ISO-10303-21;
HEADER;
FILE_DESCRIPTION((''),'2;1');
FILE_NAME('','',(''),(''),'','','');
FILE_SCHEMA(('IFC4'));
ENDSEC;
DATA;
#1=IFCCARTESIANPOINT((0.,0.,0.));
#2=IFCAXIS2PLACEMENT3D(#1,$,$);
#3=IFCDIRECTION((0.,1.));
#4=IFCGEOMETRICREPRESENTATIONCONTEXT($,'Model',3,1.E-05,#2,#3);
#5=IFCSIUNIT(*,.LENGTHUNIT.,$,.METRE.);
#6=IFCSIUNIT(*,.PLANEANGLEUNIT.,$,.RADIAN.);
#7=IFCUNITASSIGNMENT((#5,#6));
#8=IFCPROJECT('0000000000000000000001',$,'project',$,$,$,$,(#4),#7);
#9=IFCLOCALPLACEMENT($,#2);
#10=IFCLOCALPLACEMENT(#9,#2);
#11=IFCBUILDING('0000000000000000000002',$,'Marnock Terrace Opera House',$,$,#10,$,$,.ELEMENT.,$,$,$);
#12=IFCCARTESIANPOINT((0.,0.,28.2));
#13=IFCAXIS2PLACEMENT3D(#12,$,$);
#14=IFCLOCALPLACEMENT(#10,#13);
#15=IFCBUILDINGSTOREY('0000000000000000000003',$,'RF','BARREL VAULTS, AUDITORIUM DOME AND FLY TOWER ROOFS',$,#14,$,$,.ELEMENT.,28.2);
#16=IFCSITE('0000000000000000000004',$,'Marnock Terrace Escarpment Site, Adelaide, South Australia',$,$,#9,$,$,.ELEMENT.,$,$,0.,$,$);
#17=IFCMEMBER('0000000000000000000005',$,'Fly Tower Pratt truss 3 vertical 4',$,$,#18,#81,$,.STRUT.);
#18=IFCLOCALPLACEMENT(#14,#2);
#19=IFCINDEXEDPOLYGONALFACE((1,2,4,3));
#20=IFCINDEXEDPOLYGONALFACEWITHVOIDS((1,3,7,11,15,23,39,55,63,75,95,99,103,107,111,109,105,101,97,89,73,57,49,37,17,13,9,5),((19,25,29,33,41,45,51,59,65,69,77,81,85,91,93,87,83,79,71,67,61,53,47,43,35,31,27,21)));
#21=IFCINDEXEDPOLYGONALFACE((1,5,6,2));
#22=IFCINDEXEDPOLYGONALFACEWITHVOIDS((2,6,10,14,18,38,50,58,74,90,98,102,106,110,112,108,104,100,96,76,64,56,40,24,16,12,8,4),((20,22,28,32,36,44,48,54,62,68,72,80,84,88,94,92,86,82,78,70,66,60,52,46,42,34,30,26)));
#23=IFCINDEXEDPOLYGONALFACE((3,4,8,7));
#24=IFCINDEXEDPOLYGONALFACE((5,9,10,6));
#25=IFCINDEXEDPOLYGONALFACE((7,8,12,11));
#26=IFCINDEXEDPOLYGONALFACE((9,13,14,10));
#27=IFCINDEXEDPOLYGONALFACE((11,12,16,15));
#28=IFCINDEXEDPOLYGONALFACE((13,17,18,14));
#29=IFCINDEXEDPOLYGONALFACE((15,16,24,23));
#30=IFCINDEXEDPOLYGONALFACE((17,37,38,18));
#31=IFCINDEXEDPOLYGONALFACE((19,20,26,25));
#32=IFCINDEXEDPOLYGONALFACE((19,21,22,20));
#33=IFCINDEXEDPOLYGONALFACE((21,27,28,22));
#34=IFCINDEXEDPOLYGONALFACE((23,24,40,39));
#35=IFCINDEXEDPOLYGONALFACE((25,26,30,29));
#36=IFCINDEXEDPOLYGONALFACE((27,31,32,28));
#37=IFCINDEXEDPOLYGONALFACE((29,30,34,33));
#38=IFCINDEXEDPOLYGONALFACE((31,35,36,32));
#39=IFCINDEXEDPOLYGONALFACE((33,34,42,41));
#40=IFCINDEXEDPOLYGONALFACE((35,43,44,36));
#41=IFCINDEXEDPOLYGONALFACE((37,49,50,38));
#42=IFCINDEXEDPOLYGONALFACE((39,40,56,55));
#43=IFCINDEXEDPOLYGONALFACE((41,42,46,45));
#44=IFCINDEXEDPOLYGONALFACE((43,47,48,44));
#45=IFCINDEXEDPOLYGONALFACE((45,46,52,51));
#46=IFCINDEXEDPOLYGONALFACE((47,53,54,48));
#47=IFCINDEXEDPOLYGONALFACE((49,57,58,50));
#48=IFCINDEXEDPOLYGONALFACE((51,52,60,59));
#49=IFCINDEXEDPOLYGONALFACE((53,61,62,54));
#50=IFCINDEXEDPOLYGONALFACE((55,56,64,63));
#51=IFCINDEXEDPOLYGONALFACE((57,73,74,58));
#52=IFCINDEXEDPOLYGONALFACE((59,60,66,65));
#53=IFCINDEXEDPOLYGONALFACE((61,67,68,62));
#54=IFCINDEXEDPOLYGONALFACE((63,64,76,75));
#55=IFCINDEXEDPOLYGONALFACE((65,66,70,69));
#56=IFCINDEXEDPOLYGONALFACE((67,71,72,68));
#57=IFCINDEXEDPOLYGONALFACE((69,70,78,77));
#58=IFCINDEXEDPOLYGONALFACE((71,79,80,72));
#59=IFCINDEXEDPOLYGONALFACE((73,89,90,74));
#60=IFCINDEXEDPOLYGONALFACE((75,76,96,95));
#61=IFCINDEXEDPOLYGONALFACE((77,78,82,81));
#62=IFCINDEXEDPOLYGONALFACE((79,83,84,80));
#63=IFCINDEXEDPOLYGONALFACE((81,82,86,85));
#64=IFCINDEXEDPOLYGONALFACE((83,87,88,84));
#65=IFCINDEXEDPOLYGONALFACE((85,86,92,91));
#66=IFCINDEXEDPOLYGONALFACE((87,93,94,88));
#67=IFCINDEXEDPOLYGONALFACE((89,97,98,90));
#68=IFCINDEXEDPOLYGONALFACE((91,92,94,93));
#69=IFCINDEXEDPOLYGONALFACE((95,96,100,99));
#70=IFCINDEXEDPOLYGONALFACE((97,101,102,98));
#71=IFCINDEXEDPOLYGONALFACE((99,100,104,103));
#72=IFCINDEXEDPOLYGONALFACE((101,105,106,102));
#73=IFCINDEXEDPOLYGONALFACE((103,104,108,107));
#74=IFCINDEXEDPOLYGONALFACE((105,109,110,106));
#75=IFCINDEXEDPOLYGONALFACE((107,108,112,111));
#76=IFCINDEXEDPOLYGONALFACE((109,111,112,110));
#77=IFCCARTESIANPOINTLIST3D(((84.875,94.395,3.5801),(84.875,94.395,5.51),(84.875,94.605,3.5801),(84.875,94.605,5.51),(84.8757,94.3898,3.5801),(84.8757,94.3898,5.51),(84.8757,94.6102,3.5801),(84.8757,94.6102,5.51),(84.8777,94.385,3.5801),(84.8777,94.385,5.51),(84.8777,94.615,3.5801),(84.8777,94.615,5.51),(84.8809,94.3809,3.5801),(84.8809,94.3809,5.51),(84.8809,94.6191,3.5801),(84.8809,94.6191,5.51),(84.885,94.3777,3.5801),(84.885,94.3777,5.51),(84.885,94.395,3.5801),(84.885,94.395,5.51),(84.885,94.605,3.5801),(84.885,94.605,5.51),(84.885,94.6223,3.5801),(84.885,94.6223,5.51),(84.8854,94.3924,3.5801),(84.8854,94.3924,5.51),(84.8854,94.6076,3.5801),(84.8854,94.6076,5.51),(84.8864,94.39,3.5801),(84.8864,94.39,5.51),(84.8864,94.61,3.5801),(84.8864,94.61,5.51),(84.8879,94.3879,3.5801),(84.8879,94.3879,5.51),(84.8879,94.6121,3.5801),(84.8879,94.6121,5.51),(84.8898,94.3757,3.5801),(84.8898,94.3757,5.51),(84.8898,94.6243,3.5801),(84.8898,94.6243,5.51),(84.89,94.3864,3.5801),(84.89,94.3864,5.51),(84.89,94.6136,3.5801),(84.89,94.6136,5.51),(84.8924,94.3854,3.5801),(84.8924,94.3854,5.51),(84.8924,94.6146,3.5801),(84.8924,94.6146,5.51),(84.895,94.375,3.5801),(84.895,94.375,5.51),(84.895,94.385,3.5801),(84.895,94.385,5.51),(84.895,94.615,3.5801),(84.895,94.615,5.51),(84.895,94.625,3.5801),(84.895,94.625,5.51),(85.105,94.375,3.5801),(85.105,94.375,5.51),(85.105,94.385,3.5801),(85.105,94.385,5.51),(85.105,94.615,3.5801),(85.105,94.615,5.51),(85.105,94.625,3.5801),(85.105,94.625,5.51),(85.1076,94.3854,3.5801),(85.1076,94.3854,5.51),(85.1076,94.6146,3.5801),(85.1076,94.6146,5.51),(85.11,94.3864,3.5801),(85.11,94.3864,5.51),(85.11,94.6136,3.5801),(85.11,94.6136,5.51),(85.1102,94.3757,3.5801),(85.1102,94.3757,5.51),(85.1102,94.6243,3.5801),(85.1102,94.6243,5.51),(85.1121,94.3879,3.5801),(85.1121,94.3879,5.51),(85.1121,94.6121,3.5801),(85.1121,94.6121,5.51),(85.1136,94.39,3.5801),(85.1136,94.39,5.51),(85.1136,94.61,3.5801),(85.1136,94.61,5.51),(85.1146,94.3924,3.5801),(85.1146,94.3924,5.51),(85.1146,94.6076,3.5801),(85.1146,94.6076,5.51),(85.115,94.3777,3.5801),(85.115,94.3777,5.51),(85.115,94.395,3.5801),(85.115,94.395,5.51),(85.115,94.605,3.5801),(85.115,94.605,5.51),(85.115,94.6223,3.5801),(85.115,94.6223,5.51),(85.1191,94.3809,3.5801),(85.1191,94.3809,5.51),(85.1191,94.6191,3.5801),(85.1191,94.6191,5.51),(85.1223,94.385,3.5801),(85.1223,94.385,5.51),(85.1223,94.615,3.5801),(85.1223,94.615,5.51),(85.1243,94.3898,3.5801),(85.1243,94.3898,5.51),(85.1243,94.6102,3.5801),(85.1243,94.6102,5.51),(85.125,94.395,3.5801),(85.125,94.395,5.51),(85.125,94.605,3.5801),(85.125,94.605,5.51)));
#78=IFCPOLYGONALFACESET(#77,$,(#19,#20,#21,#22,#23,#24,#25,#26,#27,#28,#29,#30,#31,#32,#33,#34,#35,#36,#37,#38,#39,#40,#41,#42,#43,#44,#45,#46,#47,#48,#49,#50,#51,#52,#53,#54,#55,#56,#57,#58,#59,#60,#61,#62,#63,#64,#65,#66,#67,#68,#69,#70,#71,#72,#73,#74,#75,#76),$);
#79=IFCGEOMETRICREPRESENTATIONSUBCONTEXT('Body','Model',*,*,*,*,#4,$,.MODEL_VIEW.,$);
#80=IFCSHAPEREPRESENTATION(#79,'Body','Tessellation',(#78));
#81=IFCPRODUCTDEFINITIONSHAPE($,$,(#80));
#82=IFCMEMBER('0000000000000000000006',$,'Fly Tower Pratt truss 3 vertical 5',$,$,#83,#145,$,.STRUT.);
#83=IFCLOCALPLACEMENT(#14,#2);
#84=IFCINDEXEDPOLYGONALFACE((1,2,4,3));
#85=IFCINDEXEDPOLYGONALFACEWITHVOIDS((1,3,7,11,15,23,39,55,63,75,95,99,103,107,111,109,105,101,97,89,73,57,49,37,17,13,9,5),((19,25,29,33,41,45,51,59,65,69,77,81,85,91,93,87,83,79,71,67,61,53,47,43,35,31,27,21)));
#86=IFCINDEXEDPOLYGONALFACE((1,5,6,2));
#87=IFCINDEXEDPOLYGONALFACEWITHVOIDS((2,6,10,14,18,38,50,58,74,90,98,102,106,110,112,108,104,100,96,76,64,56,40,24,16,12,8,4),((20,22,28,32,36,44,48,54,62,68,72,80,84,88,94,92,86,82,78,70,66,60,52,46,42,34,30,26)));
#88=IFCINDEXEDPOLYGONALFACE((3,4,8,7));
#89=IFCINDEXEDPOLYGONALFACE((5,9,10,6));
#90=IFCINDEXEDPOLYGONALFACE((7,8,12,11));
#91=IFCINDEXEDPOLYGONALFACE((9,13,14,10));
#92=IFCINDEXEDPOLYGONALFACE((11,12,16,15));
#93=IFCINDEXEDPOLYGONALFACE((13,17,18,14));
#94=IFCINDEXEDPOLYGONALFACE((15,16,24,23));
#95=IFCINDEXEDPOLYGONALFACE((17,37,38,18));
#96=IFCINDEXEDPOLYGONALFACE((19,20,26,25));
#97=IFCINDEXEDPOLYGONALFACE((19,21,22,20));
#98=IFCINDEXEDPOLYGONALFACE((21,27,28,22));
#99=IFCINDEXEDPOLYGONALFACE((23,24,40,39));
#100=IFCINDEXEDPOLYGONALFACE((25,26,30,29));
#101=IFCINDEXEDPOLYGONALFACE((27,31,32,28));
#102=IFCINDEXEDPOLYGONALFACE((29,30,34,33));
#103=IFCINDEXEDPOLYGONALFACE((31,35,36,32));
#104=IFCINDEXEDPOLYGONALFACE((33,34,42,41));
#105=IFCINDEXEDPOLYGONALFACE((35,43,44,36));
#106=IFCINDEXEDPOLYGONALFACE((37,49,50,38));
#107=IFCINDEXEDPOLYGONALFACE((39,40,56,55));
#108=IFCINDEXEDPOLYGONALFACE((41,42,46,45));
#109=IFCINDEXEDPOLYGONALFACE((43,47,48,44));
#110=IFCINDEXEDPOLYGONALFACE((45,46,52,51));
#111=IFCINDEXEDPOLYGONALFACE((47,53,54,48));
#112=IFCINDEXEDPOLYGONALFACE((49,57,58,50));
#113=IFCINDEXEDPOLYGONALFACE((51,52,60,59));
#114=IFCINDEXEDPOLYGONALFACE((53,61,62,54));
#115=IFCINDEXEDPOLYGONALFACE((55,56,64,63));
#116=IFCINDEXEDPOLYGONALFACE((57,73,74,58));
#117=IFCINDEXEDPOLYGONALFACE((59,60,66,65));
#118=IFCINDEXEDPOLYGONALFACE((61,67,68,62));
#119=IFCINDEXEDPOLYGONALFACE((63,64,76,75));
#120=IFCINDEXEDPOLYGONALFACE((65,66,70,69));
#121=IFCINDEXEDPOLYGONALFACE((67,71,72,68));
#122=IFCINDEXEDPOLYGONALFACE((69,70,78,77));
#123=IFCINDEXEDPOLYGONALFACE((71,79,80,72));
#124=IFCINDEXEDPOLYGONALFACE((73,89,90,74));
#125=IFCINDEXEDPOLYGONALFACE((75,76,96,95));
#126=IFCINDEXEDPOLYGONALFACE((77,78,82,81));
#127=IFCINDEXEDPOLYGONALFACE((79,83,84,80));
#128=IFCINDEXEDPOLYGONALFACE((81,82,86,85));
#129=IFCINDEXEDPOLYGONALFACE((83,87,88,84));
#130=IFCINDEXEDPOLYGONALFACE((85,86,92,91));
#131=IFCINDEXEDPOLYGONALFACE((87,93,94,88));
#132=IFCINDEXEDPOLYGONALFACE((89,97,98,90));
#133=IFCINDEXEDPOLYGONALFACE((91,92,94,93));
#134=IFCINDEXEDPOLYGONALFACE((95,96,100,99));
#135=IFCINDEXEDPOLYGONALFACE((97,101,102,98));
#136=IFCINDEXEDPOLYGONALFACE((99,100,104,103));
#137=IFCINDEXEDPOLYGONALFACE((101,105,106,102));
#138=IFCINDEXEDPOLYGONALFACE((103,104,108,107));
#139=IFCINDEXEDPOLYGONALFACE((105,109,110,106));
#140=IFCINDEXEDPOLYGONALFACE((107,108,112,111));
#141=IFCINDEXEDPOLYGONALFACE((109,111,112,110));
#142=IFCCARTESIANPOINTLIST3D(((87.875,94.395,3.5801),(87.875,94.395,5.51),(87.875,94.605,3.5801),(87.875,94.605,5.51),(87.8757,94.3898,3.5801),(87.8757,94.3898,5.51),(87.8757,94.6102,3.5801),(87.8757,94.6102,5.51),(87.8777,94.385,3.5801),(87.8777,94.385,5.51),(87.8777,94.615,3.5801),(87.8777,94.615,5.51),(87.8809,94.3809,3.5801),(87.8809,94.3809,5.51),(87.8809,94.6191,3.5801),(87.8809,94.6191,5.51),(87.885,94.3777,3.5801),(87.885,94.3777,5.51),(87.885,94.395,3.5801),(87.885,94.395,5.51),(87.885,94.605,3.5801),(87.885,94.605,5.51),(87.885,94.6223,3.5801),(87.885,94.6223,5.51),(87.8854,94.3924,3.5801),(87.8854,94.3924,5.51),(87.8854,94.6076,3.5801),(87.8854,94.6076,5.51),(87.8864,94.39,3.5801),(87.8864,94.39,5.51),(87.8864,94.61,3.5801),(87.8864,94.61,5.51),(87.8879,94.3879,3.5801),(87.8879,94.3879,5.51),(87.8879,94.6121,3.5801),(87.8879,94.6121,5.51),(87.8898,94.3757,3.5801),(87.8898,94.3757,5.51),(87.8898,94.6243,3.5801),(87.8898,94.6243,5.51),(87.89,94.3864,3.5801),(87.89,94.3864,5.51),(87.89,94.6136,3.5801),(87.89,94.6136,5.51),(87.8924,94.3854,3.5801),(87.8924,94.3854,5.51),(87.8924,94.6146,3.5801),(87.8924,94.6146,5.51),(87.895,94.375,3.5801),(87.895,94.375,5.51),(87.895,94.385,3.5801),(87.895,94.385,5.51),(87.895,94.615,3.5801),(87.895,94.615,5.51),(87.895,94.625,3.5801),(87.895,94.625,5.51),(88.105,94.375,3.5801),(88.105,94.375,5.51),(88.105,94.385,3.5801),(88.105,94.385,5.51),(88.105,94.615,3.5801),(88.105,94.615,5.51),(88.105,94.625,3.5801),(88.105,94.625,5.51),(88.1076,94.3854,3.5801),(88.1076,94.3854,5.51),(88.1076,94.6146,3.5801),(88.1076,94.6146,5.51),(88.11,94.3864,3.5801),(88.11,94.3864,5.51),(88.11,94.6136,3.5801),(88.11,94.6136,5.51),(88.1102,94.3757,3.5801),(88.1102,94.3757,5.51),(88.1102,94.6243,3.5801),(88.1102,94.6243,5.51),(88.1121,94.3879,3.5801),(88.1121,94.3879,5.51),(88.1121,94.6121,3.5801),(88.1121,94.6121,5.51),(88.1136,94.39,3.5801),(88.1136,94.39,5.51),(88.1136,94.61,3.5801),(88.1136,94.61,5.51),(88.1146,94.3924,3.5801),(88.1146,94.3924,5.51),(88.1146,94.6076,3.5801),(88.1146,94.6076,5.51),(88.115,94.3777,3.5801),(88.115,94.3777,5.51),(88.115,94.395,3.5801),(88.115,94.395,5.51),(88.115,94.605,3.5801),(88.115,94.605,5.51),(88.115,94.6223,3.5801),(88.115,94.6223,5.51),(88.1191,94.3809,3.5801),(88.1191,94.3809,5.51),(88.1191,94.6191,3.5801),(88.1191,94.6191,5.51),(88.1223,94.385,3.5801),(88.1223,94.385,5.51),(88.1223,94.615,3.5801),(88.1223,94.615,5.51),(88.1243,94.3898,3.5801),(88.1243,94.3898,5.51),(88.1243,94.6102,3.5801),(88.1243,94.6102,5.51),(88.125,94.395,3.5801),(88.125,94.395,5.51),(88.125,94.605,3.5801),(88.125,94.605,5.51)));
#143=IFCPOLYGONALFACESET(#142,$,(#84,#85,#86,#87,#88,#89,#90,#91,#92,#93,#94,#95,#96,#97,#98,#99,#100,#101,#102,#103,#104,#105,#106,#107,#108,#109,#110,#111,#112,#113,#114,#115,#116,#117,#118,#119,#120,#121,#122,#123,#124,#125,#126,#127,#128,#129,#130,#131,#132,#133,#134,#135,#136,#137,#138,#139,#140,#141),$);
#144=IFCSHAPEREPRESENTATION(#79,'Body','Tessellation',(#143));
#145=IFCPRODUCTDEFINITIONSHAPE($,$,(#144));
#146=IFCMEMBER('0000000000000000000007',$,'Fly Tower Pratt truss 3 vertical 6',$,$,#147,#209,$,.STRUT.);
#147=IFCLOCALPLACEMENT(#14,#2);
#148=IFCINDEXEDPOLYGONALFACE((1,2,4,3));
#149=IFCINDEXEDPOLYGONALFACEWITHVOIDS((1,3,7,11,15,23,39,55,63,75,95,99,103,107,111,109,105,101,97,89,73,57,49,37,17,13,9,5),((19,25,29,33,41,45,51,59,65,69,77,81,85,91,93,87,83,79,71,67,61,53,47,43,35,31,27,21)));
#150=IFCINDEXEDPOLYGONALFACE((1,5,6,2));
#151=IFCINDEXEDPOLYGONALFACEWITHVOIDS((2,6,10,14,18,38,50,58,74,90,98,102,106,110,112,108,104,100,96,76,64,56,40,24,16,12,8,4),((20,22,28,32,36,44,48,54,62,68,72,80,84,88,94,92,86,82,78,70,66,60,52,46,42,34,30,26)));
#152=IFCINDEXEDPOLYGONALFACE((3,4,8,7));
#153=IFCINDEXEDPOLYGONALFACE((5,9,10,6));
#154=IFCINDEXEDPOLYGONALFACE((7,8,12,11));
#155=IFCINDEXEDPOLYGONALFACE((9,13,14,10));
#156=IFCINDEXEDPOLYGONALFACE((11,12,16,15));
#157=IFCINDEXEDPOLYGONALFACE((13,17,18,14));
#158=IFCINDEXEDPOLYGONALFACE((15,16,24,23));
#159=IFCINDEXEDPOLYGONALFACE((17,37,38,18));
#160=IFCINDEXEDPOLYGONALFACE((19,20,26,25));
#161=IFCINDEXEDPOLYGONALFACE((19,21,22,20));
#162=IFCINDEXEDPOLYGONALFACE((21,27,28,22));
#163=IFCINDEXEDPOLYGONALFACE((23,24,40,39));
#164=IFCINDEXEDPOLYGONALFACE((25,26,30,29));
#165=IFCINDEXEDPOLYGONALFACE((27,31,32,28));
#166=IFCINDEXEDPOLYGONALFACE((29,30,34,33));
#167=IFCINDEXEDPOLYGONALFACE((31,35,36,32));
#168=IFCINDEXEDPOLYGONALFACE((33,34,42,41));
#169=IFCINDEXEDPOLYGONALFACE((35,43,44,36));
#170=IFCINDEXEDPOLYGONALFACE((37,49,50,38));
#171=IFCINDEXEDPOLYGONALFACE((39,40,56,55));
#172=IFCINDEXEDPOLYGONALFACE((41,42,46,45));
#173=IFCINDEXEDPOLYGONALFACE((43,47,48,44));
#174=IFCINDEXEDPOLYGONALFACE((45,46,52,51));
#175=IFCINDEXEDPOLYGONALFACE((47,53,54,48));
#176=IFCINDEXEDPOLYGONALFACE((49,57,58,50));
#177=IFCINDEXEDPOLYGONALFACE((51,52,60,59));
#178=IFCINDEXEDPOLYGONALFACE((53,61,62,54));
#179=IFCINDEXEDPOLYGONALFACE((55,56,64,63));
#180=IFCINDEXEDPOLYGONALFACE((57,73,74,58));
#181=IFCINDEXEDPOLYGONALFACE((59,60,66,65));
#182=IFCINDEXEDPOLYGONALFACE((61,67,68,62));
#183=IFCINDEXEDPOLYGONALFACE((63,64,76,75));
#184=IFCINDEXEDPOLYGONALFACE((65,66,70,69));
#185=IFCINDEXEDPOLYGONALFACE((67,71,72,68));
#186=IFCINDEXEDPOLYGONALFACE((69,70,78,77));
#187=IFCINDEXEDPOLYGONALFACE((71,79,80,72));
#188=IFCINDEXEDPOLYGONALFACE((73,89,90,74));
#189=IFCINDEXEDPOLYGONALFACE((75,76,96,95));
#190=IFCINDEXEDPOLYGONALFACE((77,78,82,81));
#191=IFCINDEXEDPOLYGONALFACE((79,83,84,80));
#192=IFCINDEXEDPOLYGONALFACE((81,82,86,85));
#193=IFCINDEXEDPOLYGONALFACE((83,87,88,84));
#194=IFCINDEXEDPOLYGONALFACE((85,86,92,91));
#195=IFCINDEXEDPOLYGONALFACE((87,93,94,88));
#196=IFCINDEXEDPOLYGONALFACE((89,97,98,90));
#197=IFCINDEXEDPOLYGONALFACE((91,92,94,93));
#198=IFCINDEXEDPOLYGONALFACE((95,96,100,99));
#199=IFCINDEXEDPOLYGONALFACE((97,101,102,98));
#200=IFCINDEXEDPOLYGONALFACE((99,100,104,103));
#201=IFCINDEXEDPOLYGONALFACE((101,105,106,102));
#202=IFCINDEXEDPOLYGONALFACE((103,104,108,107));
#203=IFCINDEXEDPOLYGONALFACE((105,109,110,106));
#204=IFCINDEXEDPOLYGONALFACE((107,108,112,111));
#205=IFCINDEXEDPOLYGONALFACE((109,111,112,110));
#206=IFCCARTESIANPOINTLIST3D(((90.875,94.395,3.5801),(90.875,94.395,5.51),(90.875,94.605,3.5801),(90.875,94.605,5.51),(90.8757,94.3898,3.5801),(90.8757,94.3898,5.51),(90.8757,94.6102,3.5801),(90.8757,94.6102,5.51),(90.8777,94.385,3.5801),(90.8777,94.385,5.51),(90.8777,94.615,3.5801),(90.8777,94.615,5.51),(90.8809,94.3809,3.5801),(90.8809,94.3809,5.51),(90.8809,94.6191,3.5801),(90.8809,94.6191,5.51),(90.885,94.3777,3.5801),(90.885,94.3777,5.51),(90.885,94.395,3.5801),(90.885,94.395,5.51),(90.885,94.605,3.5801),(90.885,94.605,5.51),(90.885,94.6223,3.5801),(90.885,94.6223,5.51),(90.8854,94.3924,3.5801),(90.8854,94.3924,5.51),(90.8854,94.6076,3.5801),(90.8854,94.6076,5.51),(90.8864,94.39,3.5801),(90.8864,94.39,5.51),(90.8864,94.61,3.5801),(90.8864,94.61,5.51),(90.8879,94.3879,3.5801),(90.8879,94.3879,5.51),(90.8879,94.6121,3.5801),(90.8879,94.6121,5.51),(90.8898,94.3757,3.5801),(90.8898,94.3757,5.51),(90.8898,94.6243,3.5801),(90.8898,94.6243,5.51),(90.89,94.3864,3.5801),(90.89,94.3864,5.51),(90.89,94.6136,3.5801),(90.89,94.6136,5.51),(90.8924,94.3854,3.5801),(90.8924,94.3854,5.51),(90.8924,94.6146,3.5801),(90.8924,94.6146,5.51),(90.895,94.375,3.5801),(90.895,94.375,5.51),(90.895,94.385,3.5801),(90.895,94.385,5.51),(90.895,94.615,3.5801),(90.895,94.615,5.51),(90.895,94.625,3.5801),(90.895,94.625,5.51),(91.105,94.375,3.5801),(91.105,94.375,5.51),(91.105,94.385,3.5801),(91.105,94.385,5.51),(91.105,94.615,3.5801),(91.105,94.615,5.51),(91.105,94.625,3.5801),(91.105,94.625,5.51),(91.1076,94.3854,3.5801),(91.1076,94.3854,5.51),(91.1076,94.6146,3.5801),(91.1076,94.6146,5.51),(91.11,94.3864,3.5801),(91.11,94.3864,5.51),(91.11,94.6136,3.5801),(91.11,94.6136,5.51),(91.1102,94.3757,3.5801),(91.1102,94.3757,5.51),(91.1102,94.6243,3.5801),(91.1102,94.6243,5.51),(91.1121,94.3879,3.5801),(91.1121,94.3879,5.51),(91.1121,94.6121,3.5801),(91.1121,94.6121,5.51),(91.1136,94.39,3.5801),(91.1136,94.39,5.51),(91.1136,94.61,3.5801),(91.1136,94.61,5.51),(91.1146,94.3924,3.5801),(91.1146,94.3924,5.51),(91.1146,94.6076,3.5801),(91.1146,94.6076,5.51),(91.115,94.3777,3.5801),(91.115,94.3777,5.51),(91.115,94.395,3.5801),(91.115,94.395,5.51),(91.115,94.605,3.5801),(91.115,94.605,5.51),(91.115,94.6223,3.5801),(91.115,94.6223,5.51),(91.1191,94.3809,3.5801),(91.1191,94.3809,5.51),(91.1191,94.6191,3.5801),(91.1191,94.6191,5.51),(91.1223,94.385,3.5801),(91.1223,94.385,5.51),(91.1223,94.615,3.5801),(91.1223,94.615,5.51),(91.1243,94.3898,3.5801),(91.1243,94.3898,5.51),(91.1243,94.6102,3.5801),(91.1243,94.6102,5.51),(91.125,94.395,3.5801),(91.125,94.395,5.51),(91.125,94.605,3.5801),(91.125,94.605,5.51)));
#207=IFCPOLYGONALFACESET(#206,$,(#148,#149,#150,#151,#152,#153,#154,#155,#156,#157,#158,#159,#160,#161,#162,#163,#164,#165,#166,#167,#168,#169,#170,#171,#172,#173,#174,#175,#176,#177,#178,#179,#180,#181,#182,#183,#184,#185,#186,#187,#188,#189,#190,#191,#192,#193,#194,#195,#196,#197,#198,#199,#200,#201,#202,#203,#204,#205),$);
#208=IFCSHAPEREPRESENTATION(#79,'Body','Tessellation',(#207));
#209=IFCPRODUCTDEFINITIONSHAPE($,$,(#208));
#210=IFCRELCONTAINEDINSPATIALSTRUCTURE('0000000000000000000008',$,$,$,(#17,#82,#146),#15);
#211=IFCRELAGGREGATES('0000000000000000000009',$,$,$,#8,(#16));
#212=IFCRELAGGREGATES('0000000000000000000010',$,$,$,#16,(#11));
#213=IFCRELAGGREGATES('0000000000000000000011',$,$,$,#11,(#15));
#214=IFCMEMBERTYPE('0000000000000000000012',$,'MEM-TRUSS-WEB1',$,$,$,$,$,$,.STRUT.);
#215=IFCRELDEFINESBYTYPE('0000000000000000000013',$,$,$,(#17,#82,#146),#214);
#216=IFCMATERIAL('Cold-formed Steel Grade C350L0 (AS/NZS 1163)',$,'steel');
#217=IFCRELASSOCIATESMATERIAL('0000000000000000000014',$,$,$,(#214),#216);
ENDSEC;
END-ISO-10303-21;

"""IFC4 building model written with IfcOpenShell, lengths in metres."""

from ifc_helpers import new_model, si_unit, direction, frame, origin, origin_2d, place, context, subcontext, project, spatial, hollow_rectangle, extrude, material, material_profile, profile_set, type_object, element, save


model = new_model("IFC4")

# Units and contexts
model_context = context("Model", 3, precision=1e-05, world=origin(), true_north=direction((0.0, 1.0)))
body_context = subcontext(model_context, "Body", "Model", "MODEL_VIEW")
ifc_project = project(units=[si_unit("LENGTHUNIT", "METRE"), si_unit("PLANEANGLEUNIT", "RADIAN")], contexts=[model_context])

# Site, building, storey
site_placement = place(None, origin())
site = spatial("IfcSite", under=ifc_project, at=site_placement, Name="Marnock Terrace Escarpment Site, Adelaide, South Australia", CompositionType="ELEMENT", RefElevation=0.0)
building_placement = place(site_placement, origin())
building = spatial("IfcBuilding", under=site, at=building_placement, Name="Marnock Terrace Opera House", CompositionType="ELEMENT")
storey_placement = place(building_placement, frame((0.0, 0.0, 28.2)))
storey = spatial("IfcBuildingStorey", under=building, at=storey_placement, Name="RF", Description="BARREL VAULTS, AUDITORIUM DOME AND FLY TOWER ROOFS", CompositionType="ELEMENT", Elevation=28.2)

# Members
ifc_material_1 = material(Name="Cold-formed Steel Grade C350L0 (AS/NZS 1163)", Category="steel")
ifc_material_profile_1 = material_profile(ifc_material_1, hollow_rectangle(XDim=0.25, YDim=0.25, WallThickness=0.01, InnerFilletRadius=0.01, OuterFilletRadius=0.02, at=origin_2d()))
ifc_profile_set_1 = profile_set([ifc_material_profile_1], Name="Cold-formed Steel Grade C350L0 (AS/NZS 1163)")
member_type_1 = type_object("IfcMemberType", Name="MEM-TRUSS-WEB1", PredefinedType="STRUT", material=ifc_profile_set_1)
for number, where, z_axis, x_axis, name in (
    (1, (85.0, 94.5, 3.5801), (0.0, 0.0, 1.0), (1.0, 0.0, 0.0), "Fly Tower Pratt truss 3 vertical 4"),
    (2, (88.0, 94.5, 3.5801), (0.0, 0.0, 1.0), (1.0, 0.0, 0.0), "Fly Tower Pratt truss 3 vertical 5"),
    (3, (91.0, 94.5, 3.5801), (0.0, 0.0, 1.0), (1.0, 0.0, 0.0), "Fly Tower Pratt truss 3 vertical 6"),
):
    element("IfcMember", number, at=place(storey_placement, frame(where, z_axis=z_axis, x_axis=x_axis)), inside=storey, type_object=member_type_1, Name=name, PredefinedType="STRUT", context=body_context, shape_type="SweptSolid", body=[
        extrude(hollow_rectangle(XDim=0.25, YDim=0.25, WallThickness=0.01, InnerFilletRadius=0.01, OuterFilletRadius=0.02, at=origin_2d()), origin(), (0.0, 0.0, 1.0), 1.9299),
    ])

save(model, "model.ifc")
